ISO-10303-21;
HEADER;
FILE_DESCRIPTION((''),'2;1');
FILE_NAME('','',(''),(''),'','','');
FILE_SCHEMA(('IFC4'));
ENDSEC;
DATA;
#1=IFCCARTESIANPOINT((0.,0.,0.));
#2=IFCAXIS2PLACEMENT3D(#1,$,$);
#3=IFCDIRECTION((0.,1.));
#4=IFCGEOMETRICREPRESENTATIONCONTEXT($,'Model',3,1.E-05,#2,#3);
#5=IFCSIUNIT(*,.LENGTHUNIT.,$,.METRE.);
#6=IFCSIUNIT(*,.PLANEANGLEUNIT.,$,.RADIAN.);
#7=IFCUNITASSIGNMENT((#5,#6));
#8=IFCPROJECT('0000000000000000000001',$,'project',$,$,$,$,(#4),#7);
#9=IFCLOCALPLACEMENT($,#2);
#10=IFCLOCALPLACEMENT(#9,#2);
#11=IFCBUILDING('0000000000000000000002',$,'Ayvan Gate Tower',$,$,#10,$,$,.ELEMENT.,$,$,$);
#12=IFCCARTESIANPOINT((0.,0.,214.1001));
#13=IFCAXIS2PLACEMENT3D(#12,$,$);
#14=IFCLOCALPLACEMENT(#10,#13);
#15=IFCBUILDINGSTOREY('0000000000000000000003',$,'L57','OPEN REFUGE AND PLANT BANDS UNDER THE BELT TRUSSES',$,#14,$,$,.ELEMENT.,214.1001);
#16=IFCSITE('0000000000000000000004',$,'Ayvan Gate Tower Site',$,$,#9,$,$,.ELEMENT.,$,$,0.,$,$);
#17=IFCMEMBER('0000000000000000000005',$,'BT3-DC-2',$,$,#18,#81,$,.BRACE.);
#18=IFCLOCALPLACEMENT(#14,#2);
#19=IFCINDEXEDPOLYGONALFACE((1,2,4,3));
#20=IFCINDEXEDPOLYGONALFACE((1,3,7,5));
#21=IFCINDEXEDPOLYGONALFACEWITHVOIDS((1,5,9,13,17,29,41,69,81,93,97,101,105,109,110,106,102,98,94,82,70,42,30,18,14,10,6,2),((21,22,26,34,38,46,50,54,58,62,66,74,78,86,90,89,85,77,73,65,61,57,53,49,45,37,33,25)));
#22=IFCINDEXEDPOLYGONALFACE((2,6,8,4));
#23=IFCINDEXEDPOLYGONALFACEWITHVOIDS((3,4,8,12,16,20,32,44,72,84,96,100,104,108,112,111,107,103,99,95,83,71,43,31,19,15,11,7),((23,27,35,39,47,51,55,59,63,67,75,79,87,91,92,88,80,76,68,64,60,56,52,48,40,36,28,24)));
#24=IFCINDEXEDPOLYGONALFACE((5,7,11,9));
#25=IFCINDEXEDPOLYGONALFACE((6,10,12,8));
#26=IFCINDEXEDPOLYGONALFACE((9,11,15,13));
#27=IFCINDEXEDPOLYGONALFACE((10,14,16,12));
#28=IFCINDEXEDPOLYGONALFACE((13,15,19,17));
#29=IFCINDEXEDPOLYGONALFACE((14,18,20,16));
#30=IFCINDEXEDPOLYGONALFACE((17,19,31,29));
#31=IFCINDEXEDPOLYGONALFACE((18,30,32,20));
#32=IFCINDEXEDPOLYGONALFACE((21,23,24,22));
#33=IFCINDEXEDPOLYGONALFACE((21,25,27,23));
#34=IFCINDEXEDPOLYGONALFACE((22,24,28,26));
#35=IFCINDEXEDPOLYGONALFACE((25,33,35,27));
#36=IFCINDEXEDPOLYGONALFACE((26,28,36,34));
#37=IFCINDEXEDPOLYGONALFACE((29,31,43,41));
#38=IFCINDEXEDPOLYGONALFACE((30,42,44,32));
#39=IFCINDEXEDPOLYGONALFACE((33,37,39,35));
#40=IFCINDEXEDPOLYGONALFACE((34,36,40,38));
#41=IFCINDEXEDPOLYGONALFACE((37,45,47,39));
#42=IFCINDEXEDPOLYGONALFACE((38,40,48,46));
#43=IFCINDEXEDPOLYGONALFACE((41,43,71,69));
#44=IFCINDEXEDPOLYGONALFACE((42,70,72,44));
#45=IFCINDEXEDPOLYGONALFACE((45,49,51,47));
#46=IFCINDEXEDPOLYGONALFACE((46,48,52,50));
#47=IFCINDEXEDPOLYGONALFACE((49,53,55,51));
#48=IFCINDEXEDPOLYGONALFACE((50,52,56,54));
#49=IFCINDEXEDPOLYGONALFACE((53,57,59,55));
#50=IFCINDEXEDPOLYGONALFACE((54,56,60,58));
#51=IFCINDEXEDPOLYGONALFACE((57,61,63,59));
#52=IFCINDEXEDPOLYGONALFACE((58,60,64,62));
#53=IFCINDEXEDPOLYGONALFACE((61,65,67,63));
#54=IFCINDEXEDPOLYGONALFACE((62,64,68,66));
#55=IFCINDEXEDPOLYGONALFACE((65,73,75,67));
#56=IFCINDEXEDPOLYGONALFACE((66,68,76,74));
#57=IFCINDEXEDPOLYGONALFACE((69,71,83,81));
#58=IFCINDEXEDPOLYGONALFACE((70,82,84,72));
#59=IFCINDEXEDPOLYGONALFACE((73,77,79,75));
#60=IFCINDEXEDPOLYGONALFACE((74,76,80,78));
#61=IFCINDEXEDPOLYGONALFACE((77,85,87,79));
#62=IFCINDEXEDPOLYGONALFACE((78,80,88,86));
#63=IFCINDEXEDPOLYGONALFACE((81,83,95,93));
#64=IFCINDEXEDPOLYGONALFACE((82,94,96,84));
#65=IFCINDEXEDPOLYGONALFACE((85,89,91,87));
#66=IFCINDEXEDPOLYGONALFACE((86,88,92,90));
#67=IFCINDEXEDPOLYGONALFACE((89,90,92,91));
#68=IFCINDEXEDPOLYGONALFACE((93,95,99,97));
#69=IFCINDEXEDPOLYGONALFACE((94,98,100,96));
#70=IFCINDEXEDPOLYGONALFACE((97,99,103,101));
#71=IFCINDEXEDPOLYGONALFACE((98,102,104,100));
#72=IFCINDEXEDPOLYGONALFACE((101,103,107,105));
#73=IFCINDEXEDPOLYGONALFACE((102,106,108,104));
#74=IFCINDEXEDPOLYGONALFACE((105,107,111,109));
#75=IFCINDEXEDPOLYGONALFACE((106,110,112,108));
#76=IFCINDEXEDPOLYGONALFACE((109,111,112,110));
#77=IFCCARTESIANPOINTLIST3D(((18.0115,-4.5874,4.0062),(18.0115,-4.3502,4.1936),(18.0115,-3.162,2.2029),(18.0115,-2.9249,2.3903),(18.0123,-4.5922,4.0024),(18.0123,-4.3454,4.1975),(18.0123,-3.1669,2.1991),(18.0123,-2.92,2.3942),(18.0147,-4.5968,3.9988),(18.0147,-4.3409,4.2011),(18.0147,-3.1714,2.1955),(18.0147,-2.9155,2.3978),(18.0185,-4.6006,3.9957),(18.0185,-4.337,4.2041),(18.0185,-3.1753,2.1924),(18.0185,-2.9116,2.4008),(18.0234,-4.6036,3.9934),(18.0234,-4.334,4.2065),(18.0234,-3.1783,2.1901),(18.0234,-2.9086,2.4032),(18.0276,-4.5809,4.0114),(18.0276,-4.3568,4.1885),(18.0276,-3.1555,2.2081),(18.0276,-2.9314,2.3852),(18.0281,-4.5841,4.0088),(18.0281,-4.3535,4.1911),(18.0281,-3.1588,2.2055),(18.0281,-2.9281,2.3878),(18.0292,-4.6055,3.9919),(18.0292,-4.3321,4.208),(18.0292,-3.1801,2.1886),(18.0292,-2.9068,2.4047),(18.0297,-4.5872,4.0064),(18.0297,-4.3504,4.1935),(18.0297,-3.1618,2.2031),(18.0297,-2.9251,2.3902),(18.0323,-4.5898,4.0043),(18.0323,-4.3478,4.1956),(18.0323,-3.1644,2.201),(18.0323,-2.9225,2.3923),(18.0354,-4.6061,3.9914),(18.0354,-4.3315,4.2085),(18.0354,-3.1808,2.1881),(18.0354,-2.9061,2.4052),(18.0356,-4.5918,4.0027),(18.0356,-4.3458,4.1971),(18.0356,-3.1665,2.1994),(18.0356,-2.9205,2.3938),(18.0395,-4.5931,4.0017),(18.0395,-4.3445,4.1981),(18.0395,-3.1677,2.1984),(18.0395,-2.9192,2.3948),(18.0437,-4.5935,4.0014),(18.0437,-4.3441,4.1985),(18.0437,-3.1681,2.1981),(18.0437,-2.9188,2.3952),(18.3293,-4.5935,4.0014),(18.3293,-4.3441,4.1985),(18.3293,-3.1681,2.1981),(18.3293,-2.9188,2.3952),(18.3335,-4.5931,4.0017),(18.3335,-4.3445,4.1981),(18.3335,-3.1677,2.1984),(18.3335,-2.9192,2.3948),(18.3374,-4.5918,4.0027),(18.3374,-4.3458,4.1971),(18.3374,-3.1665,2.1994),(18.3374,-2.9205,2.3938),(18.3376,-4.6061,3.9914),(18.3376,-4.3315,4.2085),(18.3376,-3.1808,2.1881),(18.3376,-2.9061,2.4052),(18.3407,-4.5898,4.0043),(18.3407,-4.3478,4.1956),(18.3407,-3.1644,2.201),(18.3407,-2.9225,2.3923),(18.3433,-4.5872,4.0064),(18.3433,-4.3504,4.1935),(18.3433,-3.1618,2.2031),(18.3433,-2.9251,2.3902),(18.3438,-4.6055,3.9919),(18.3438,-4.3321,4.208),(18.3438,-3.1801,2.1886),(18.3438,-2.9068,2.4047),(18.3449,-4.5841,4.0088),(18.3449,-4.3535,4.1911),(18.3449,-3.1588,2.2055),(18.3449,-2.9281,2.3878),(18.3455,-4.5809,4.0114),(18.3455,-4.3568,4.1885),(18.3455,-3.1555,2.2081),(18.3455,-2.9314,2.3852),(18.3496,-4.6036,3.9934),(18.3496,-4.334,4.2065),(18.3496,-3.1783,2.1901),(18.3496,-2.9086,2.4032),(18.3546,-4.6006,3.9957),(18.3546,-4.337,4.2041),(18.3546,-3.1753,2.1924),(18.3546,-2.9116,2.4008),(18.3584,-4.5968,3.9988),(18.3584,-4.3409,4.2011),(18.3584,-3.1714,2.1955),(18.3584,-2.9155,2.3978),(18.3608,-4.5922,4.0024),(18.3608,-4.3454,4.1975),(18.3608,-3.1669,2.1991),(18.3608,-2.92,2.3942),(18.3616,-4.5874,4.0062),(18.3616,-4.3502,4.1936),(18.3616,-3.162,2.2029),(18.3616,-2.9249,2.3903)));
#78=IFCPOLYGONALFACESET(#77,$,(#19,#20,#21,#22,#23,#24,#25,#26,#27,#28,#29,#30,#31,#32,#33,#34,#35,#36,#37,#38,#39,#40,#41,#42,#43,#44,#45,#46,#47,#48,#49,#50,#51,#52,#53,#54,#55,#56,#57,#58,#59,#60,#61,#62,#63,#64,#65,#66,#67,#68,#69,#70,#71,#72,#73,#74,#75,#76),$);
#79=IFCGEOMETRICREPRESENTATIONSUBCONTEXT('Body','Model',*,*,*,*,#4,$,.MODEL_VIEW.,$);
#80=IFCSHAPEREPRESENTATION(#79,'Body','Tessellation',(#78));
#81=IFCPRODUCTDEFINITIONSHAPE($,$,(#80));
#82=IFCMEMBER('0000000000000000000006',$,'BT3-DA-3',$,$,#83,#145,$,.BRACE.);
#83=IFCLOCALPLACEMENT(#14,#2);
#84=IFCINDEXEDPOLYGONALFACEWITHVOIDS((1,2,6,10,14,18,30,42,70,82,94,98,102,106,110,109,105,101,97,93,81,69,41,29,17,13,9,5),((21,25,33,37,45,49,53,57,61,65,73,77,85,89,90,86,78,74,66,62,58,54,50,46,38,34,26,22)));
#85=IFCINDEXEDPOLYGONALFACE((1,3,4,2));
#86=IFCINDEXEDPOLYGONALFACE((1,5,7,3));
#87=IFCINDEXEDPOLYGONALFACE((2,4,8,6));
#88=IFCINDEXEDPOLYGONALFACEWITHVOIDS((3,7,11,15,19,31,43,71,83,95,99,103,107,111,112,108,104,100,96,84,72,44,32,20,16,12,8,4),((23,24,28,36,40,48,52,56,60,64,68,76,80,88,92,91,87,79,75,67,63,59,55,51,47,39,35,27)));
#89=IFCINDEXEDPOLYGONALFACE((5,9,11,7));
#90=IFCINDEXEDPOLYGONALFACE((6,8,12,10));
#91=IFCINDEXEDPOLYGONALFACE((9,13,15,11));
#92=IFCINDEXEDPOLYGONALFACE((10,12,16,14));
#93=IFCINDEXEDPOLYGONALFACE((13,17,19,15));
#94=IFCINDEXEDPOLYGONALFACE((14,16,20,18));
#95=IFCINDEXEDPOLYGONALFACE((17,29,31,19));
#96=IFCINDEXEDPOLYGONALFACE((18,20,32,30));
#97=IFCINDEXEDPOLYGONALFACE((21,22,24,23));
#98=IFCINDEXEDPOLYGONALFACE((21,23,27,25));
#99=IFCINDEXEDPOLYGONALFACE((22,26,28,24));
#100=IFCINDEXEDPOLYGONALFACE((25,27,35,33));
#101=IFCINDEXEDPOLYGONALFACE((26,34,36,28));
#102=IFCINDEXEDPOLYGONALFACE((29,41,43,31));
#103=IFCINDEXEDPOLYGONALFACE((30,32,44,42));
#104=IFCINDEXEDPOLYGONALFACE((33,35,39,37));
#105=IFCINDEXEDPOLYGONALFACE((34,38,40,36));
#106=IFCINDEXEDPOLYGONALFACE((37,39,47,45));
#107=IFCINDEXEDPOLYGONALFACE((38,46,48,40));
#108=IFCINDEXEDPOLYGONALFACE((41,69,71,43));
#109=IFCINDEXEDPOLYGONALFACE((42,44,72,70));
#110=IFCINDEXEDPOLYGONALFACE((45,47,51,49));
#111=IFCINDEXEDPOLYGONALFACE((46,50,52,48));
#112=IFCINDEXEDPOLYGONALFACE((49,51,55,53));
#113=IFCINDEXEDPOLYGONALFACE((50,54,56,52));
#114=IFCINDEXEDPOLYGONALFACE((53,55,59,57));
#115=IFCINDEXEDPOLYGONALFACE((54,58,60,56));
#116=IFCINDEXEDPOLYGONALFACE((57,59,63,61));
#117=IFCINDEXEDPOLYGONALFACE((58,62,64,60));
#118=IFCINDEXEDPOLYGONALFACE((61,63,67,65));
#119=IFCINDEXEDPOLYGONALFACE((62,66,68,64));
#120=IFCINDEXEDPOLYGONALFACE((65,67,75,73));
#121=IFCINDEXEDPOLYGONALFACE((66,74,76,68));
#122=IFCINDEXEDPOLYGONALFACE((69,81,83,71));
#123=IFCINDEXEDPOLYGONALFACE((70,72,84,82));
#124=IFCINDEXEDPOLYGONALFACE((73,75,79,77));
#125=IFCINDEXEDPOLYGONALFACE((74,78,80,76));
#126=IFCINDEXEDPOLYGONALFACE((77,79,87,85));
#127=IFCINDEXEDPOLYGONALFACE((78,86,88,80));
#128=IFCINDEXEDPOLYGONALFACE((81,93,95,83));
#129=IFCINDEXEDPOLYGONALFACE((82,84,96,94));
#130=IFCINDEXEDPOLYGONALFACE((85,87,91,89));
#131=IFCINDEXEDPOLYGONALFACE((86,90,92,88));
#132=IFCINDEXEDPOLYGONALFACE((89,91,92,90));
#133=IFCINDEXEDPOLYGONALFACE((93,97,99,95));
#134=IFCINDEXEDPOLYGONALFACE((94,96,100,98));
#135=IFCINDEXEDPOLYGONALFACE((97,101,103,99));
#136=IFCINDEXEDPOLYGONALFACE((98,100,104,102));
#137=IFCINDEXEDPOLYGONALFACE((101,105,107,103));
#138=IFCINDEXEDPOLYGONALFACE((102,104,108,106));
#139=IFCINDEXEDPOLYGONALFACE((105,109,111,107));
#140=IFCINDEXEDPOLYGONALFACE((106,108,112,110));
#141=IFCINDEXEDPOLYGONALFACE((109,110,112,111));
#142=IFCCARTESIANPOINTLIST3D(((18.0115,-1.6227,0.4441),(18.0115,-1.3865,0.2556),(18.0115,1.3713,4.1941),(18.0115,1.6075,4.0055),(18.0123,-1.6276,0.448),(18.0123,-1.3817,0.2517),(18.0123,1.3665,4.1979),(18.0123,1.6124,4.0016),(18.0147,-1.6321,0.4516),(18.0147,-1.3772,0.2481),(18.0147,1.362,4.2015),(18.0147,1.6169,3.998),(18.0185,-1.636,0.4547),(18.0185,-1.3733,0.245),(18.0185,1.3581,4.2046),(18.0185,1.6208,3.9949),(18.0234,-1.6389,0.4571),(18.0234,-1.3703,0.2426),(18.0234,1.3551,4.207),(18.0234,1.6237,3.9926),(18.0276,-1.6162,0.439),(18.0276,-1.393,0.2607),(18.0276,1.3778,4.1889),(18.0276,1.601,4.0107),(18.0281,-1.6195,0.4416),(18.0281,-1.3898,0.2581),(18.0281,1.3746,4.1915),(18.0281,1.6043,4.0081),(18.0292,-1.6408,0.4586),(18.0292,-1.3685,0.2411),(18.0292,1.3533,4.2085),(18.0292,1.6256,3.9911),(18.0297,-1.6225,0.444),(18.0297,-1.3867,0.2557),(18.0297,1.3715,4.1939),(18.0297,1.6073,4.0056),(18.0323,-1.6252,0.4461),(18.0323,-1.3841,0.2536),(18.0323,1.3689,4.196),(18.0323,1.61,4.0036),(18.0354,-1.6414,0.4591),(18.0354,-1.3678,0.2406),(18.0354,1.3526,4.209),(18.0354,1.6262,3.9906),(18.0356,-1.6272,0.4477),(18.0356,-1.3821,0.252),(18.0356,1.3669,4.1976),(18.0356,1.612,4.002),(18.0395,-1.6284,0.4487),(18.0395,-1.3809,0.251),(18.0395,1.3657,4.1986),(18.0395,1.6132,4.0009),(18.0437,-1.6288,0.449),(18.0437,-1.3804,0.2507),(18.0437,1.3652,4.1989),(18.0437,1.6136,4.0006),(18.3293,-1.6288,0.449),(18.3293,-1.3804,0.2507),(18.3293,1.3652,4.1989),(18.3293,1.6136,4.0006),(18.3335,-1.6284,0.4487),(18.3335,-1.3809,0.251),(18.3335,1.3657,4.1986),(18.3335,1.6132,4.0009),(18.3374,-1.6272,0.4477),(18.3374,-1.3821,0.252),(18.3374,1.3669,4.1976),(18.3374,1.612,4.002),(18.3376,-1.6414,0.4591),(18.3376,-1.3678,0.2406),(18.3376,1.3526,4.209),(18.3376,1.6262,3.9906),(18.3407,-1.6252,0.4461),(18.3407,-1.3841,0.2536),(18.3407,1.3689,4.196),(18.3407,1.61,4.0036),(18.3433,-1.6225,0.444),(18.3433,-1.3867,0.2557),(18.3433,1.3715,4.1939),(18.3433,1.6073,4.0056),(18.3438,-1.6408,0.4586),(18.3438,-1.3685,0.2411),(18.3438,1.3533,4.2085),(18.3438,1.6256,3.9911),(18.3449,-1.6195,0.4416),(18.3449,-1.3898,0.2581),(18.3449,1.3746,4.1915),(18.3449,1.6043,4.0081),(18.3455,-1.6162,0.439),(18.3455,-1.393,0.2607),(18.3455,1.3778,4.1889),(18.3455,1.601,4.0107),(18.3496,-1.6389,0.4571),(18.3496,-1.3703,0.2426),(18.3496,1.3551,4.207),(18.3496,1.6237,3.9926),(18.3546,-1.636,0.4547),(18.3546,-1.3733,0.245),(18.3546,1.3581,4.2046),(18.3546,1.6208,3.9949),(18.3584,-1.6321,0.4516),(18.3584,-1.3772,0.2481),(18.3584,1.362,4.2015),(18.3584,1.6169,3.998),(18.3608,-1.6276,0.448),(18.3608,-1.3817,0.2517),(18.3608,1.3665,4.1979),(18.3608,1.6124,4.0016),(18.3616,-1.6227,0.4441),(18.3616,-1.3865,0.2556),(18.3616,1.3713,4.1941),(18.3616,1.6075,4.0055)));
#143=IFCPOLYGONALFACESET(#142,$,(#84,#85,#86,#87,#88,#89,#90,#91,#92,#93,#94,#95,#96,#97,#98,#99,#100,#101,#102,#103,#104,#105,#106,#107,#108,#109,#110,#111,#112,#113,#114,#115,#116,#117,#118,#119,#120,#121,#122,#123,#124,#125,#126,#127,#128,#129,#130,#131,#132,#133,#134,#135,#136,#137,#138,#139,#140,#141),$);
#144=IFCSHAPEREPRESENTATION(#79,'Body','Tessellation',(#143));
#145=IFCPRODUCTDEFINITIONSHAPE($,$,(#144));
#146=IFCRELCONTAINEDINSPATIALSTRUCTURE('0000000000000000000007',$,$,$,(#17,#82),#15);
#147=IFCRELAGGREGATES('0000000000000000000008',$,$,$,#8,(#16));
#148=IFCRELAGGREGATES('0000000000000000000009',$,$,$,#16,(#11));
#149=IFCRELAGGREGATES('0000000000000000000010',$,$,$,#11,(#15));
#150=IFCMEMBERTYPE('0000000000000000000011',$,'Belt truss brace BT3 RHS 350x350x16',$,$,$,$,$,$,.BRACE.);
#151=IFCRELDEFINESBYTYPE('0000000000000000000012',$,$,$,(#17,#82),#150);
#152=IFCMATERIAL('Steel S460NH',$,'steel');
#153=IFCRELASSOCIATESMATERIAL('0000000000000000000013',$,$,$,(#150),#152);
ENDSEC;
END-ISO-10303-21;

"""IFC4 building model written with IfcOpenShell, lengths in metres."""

from ifc_helpers import new_model, si_unit, direction, frame, origin, origin_2d, place, context, subcontext, project, spatial, hollow_rectangle, extrude, material, material_profile, profile_set, type_object, element, save


model = new_model("IFC4")

# Units and contexts
model_context = context("Model", 3, precision=1e-05, world=origin(), true_north=direction((0.0, 1.0)))
body_context = subcontext(model_context, "Body", "Model", "MODEL_VIEW")
ifc_project = project(units=[si_unit("LENGTHUNIT", "METRE"), si_unit("PLANEANGLEUNIT", "RADIAN")], contexts=[model_context])

# Site, building, storey
site_placement = place(None, origin())
site = spatial("IfcSite", under=ifc_project, at=site_placement, Name="Ayvan Gate Tower Site", CompositionType="ELEMENT", RefElevation=0.0)
building_placement = place(site_placement, origin())
building = spatial("IfcBuilding", under=site, at=building_placement, Name="Ayvan Gate Tower", CompositionType="ELEMENT")
storey_placement = place(building_placement, frame((0.0, 0.0, 214.1001)))
storey = spatial("IfcBuildingStorey", under=building, at=storey_placement, Name="L57", Description="OPEN REFUGE AND PLANT BANDS UNDER THE BELT TRUSSES", CompositionType="ELEMENT", Elevation=214.1001)

# Members
ifc_material_1 = material(Name="Steel S460NH", Category="steel")
ifc_material_profile_1 = material_profile(ifc_material_1, hollow_rectangle(XDim=0.3501, YDim=0.3501, WallThickness=0.0161, InnerFilletRadius=0.0161, OuterFilletRadius=0.0239, at=origin_2d()), Name="RHS 350x350x16")
ifc_profile_set_1 = profile_set([ifc_material_profile_1], Name="Steel S460NH")
member_type_1 = type_object("IfcMemberType", Name="Belt truss brace BT3 RHS 350x350x16", PredefinedType="BRACE", material=ifc_profile_set_1)
member_1_placement = place(storey_placement, frame((18.1865, -3.0435, 2.2966), z_axis=(0.0, -0.620099, 0.784524), x_axis=(1.0, 0.0, 0.0)))
element("IfcMember", 1, at=member_1_placement, inside=storey, type_object=member_type_1, Name="BT3-DC-2", PredefinedType="BRACE", context=body_context, shape_type="SweptSolid", body=[
    extrude(hollow_rectangle(XDim=0.3501, YDim=0.3501, WallThickness=0.0161, InnerFilletRadius=0.0161, OuterFilletRadius=0.0239, at=origin_2d()), origin(), (0.0, 0.0, 1.0), 2.2986),
])
member_2_placement = place(storey_placement, frame((18.1865, -1.5046, 0.3499), z_axis=(0.0, 0.62395, 0.781464), x_axis=(-1.0, 0.0, 0.0)))
element("IfcMember", 2, at=member_2_placement, inside=storey, type_object=member_type_1, Name="BT3-DA-3", PredefinedType="BRACE", context=body_context, shape_type="SweptSolid", body=[
    extrude(hollow_rectangle(XDim=0.3501, YDim=0.3501, WallThickness=0.0161, InnerFilletRadius=0.0161, OuterFilletRadius=0.0239, at=origin_2d()), origin(), (0.0, 0.0, 1.0), 4.7986),
])

save(model, "model.ifc")
